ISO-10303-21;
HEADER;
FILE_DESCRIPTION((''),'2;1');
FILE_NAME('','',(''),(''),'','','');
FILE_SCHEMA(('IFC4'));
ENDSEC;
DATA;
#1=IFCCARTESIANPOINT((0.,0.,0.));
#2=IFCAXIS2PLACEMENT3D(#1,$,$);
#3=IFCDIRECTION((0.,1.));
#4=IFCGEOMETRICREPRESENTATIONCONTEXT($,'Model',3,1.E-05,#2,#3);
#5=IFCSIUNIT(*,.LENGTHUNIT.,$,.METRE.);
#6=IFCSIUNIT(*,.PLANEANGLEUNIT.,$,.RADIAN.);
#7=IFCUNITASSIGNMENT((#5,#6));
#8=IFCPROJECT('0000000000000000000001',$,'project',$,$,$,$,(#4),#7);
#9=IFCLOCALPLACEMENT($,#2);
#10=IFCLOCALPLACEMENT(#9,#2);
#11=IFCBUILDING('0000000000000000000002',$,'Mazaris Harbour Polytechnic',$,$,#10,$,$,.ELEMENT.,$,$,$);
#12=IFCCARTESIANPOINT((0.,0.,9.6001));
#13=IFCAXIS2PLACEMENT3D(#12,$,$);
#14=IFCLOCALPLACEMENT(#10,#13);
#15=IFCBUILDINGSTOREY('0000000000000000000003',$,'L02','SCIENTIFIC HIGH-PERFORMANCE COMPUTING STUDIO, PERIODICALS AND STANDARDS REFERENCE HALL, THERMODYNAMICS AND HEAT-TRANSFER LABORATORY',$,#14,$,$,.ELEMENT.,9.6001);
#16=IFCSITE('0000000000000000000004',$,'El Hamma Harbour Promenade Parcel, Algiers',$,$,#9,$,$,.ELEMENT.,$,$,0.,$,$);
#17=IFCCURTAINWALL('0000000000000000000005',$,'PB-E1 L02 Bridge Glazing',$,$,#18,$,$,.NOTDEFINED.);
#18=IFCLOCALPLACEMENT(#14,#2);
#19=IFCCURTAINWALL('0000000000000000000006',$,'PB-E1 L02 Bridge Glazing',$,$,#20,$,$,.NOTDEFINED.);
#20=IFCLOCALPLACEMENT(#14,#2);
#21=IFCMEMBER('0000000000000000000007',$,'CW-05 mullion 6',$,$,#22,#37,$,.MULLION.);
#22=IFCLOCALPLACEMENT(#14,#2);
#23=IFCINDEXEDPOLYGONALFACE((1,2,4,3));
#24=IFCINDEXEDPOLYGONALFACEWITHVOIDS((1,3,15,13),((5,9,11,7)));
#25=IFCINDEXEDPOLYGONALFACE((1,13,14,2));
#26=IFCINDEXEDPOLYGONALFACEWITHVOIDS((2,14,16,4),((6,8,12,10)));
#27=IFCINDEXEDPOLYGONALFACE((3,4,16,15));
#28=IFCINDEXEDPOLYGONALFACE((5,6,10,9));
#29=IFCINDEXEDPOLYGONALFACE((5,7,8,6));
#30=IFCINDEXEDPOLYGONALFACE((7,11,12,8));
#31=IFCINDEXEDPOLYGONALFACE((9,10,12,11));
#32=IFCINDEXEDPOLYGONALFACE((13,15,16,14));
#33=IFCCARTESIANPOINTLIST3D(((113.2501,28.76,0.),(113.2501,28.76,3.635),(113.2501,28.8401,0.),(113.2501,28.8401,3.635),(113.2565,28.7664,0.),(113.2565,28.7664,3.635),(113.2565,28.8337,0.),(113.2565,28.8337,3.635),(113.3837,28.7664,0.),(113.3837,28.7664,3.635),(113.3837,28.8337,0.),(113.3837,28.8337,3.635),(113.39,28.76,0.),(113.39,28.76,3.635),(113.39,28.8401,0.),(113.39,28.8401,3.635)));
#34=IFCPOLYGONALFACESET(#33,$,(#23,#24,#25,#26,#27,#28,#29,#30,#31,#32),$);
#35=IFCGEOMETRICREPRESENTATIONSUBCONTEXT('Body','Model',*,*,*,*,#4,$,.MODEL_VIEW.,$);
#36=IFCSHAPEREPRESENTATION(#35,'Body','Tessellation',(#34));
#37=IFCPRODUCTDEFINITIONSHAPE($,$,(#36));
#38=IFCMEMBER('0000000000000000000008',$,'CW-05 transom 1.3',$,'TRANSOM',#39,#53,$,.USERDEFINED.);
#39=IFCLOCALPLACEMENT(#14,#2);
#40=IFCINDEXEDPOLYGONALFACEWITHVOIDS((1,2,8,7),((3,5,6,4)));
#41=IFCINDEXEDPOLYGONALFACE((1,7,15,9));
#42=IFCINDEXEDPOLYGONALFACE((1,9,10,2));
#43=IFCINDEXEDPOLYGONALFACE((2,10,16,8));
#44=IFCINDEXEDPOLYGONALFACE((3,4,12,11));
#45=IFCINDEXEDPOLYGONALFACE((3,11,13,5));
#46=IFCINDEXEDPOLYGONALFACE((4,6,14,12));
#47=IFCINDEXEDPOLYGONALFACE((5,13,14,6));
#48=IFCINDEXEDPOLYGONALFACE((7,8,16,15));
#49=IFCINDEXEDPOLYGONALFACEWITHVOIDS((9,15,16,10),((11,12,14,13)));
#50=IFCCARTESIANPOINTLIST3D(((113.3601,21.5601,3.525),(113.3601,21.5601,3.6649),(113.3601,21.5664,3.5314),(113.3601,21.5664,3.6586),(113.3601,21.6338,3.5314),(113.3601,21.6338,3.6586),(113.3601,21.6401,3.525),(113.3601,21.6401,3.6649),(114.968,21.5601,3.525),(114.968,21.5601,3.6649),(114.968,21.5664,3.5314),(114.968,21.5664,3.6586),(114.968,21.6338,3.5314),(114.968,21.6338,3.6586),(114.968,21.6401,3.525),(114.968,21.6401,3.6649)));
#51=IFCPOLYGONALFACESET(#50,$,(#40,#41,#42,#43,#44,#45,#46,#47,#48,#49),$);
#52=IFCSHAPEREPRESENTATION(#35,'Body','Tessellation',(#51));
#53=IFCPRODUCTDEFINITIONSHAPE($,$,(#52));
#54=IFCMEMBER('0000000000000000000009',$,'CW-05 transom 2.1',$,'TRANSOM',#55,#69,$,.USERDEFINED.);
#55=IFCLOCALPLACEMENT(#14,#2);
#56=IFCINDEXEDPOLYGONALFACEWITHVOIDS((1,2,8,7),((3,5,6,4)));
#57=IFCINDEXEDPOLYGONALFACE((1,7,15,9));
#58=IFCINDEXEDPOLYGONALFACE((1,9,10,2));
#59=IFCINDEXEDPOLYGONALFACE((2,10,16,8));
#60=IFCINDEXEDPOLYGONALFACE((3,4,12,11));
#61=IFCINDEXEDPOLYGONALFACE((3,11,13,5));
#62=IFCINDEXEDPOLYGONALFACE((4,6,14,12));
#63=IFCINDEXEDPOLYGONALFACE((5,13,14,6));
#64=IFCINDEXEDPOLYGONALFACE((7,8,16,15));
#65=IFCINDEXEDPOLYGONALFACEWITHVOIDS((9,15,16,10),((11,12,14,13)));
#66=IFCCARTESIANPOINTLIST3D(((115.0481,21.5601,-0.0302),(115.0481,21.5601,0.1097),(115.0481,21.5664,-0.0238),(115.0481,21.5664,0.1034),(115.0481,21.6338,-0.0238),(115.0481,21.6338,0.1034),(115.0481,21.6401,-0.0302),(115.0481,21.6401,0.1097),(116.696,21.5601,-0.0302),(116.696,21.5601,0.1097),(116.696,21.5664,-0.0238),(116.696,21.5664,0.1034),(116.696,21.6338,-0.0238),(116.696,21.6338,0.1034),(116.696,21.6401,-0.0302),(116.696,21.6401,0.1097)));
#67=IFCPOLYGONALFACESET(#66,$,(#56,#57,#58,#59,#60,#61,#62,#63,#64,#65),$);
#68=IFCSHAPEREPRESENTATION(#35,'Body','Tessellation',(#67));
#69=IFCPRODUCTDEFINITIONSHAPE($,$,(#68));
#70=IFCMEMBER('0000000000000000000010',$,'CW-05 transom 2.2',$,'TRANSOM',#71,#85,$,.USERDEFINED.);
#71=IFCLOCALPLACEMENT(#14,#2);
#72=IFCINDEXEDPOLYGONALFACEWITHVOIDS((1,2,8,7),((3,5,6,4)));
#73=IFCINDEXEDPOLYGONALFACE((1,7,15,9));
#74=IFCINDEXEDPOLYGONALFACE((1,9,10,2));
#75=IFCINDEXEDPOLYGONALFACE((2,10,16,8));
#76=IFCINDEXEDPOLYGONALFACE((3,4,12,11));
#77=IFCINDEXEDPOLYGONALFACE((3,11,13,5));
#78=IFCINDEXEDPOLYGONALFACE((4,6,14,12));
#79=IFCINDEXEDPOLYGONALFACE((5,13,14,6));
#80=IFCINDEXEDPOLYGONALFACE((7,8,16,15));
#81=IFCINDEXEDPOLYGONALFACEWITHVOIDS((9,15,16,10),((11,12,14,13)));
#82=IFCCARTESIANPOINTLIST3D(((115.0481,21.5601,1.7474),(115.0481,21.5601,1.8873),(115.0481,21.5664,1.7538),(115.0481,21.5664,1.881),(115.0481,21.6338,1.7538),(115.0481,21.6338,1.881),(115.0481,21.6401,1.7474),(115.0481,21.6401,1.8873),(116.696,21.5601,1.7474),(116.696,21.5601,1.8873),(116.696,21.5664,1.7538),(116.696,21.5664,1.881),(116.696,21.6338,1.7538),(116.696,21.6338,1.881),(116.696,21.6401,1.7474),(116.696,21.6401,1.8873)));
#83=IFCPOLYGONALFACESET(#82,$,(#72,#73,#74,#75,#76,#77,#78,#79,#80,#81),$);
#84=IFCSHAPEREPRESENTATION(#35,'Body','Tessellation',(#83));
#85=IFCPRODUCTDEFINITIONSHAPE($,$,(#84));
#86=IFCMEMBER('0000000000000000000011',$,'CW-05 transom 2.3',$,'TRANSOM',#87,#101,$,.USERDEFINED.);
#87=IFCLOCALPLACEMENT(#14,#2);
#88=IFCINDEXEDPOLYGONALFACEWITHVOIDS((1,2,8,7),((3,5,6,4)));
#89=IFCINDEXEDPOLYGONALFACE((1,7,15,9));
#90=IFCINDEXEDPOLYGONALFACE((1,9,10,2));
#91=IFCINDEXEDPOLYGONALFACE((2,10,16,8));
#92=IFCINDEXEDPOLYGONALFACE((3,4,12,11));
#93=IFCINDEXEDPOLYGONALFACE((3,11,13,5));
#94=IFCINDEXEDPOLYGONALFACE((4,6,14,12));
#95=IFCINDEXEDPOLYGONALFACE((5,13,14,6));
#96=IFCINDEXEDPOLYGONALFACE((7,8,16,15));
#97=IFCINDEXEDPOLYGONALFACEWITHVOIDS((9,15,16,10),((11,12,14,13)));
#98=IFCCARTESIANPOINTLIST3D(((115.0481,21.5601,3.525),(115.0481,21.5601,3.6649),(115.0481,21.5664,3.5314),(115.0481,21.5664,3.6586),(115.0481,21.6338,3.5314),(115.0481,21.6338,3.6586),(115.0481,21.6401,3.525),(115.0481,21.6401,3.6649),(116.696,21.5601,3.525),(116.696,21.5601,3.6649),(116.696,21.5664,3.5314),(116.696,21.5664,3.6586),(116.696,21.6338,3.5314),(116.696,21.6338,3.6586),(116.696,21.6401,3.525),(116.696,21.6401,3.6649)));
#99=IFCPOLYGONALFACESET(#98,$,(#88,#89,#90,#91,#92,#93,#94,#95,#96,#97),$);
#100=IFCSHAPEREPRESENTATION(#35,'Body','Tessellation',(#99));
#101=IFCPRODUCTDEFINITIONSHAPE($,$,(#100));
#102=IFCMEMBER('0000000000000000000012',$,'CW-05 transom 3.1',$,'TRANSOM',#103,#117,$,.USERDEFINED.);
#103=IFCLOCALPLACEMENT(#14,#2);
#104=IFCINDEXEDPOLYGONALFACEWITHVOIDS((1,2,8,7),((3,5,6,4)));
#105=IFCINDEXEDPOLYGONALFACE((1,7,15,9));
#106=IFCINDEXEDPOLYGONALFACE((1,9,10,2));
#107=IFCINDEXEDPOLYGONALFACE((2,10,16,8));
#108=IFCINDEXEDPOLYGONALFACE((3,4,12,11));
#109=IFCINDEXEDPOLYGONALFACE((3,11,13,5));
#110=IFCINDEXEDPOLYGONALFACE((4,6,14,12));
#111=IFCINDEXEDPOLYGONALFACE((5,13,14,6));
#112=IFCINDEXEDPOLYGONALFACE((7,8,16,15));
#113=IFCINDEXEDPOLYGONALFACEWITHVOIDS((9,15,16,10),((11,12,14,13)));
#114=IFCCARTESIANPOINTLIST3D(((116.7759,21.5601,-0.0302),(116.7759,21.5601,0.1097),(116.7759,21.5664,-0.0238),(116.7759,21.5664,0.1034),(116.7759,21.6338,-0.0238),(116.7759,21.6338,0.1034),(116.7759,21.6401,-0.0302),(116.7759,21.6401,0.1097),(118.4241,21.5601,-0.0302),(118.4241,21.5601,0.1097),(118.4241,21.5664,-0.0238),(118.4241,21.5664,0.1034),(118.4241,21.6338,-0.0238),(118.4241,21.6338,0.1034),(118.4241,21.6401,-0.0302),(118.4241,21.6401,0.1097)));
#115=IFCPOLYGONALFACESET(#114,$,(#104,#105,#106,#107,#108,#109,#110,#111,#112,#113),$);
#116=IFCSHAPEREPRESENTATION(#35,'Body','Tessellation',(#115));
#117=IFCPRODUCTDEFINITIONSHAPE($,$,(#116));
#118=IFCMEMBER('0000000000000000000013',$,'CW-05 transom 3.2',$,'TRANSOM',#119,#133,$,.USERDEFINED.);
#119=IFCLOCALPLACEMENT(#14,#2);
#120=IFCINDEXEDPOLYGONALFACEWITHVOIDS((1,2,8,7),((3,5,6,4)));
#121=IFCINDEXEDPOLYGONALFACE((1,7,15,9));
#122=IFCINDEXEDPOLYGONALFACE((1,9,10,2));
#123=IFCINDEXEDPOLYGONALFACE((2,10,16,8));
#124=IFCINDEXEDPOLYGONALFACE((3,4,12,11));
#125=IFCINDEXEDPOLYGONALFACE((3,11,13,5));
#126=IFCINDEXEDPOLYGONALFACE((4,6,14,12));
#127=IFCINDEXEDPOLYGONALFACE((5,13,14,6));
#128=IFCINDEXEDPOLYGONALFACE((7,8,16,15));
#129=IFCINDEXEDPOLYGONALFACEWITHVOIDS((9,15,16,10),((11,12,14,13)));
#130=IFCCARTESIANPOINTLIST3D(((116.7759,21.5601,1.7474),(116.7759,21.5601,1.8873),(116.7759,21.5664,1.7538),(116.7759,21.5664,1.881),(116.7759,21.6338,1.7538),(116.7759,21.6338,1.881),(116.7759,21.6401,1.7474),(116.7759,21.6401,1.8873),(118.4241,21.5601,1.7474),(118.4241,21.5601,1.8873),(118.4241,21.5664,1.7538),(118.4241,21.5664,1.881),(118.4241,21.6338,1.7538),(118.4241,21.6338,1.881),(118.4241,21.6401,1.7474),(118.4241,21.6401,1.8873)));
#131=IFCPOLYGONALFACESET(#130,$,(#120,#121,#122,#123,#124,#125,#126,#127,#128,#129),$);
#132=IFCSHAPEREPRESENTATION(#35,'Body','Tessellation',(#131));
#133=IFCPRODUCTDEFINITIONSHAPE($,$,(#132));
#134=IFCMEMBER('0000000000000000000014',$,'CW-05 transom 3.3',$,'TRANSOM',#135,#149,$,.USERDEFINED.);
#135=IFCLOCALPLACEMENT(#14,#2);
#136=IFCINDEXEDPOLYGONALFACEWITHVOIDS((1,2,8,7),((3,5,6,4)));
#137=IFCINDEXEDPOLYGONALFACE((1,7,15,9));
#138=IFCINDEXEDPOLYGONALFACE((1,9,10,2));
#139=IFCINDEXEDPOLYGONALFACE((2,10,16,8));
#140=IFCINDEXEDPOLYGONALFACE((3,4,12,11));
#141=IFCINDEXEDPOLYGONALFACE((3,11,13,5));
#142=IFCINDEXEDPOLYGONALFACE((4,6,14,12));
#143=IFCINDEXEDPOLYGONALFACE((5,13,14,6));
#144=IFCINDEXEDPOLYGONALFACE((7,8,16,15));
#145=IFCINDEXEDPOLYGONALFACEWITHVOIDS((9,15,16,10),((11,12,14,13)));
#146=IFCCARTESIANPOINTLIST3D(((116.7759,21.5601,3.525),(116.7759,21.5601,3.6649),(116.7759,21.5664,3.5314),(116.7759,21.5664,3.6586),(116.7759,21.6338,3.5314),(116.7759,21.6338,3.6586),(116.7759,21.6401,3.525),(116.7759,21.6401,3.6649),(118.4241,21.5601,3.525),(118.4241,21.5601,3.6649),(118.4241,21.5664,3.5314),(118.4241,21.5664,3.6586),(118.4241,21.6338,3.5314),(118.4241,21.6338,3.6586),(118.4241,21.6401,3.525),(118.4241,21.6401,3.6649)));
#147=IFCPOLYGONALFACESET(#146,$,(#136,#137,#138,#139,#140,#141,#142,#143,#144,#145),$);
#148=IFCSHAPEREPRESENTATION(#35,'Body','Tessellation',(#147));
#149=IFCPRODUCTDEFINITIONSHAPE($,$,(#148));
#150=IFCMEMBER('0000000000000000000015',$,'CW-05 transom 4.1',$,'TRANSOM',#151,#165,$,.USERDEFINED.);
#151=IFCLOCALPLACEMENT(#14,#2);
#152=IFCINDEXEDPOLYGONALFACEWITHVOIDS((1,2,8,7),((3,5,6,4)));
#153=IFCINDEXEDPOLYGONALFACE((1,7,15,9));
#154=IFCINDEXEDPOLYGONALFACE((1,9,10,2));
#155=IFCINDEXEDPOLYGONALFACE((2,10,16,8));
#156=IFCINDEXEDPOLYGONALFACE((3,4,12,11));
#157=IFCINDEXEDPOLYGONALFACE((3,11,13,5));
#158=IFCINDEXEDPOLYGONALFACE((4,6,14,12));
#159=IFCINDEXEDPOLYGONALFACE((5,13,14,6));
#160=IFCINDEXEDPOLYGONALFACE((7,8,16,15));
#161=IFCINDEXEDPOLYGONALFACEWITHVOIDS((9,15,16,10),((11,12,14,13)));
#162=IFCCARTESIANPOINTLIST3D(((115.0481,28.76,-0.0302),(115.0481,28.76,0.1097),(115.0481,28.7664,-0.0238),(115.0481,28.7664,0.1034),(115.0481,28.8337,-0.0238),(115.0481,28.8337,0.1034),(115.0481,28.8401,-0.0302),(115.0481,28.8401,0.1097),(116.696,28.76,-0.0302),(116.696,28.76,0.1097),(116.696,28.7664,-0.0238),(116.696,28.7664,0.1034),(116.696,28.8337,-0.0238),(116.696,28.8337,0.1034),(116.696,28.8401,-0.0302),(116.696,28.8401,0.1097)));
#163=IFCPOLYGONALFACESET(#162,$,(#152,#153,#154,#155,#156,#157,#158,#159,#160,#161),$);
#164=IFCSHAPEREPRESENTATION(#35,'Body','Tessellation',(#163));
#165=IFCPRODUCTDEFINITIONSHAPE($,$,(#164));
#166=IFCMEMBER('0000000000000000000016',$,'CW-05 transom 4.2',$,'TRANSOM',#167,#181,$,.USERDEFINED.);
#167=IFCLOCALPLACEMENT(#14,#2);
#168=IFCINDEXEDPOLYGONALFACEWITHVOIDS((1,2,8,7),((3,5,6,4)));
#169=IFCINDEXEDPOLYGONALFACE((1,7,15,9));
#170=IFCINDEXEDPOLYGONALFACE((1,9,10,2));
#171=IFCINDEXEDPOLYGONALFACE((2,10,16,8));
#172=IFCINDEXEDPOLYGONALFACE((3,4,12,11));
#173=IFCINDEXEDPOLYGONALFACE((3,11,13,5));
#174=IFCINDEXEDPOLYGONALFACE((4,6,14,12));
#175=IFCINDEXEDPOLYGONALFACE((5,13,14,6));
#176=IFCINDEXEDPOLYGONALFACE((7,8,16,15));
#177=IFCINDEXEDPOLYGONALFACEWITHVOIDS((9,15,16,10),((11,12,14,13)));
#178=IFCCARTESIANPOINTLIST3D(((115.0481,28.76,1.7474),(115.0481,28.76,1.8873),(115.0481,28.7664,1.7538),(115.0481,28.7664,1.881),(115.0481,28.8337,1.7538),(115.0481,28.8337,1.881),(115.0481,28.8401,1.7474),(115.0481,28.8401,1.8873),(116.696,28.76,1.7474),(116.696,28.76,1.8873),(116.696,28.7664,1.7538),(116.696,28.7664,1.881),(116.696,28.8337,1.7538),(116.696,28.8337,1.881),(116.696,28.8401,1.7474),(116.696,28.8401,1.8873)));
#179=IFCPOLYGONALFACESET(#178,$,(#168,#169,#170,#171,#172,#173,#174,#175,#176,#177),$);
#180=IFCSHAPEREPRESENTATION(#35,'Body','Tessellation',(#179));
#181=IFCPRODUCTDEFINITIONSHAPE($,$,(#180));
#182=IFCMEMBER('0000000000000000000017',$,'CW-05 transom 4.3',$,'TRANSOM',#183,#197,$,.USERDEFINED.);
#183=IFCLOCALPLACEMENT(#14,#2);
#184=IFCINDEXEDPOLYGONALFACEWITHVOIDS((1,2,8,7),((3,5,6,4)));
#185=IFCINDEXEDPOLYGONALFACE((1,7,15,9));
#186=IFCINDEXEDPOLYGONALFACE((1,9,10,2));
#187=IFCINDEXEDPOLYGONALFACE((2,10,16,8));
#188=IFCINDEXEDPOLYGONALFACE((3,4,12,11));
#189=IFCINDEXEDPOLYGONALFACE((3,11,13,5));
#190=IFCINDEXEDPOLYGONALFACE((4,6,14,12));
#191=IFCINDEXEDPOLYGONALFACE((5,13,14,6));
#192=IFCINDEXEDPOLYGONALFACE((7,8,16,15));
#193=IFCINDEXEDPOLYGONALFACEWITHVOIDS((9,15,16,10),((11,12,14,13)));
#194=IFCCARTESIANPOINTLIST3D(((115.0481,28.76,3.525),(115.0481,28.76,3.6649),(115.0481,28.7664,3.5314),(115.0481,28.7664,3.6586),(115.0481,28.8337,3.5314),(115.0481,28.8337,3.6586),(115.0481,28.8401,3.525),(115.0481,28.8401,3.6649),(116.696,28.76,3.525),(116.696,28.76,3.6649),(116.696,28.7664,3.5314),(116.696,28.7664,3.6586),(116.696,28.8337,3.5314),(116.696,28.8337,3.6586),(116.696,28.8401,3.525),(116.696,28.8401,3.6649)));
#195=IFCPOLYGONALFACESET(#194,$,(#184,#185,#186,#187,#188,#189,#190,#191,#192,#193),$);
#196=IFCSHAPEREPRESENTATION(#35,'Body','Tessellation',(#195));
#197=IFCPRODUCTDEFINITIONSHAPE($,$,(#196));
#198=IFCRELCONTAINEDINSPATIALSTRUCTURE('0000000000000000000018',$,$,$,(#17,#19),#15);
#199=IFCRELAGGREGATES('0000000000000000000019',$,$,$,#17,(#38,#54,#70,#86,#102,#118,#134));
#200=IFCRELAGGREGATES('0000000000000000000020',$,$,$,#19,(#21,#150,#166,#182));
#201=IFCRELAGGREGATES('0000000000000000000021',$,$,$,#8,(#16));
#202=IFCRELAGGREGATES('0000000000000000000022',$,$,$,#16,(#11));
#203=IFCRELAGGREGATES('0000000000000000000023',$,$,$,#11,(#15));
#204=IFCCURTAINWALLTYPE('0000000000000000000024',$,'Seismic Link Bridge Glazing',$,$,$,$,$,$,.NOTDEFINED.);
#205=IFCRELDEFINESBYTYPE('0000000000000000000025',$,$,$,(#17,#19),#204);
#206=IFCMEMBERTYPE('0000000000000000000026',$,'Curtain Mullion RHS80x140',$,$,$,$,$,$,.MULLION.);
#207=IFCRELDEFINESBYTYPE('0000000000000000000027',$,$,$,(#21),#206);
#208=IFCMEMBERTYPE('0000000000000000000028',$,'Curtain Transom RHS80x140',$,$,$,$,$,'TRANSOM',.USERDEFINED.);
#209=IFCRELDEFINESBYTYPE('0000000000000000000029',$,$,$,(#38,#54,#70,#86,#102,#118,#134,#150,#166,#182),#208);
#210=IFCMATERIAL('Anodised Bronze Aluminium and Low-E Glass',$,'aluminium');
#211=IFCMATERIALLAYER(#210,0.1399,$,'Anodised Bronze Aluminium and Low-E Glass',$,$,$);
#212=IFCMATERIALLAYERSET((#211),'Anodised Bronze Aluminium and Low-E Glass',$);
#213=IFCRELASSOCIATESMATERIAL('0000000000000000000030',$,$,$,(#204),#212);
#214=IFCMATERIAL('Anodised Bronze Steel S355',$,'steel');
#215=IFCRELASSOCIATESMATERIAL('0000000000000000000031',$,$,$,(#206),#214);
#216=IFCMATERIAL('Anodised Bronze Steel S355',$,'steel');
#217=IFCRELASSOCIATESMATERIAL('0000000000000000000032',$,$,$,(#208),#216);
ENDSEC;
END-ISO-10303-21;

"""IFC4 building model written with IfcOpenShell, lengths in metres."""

from ifc_helpers import new_model, si_unit, direction, frame, origin, origin_2d, place, context, subcontext, project, spatial, hollow_rectangle, extrude, material, layer, layer_set, material_profile, profile_set, type_object, element, aggregate, save


model = new_model("IFC4")

# Units and contexts
model_context = context("Model", 3, precision=1e-05, world=origin(), true_north=direction((0.0, 1.0)))
body_context = subcontext(model_context, "Body", "Model", "MODEL_VIEW")
ifc_project = project(units=[si_unit("LENGTHUNIT", "METRE"), si_unit("PLANEANGLEUNIT", "RADIAN")], contexts=[model_context])

# Site, building, storey
site_placement = place(None, origin())
site = spatial("IfcSite", under=ifc_project, at=site_placement, Name="El Hamma Harbour Promenade Parcel, Algiers", CompositionType="ELEMENT", RefElevation=0.0)
building_placement = place(site_placement, origin())
building = spatial("IfcBuilding", under=site, at=building_placement, Name="Mazaris Harbour Polytechnic", CompositionType="ELEMENT")
storey_placement = place(building_placement, frame((0.0, 0.0, 9.6001)))
storey = spatial("IfcBuildingStorey", under=building, at=storey_placement, Name="L02", Description="SCIENTIFIC HIGH-PERFORMANCE COMPUTING STUDIO, PERIODICALS AND STANDARDS REFERENCE HALL, THERMODYNAMICS AND HEAT-TRANSFER LABORATORY", CompositionType="ELEMENT", Elevation=9.6001)

# Curtain walls, member
ifc_material_1 = material(Name="Anodised Bronze Aluminium and Low-E Glass", Category="aluminium")
ifc_layer_1 = layer(ifc_material_1, 0.1399, Name="Anodised Bronze Aluminium and Low-E Glass")
ifc_layer_set_1 = layer_set([ifc_layer_1], Name="Anodised Bronze Aluminium and Low-E Glass")
curtain_wall_type = type_object("IfcCurtainWallType", Name="Seismic Link Bridge Glazing", PredefinedType="NOTDEFINED", material=ifc_layer_set_1)
curtain_wall_1_placement = place(storey_placement, origin())
curtain_wall_1 = element("IfcCurtainWall", 1, at=curtain_wall_1_placement, inside=storey, type_object=curtain_wall_type, Name="PB-E1 L02 Bridge Glazing", PredefinedType="NOTDEFINED")
ifc_material_2 = material(Name="Anodised Bronze Steel S355", Category="steel")
ifc_material_profile_1 = material_profile(ifc_material_2, hollow_rectangle(XDim=0.0801, YDim=0.1399, WallThickness=0.0063, at=origin_2d()), Name="RHS 80x140x6.3")
ifc_profile_set_1 = profile_set([ifc_material_profile_1], Name="Anodised Bronze Steel S355")
member_type_1 = type_object("IfcMemberType", Name="Curtain Mullion RHS80x140", PredefinedType="MULLION", material=ifc_profile_set_1)
curtain_wall_2_placement = place(storey_placement, origin())
curtain_wall_2 = element("IfcCurtainWall", 2, at=curtain_wall_2_placement, inside=storey, type_object=curtain_wall_type, Name="PB-E1 L02 Bridge Glazing", PredefinedType="NOTDEFINED")
member_1_placement = place(storey_placement, frame((113.3201, 28.8, 0.0), z_axis=(0.0, 0.0, 1.0), x_axis=(0.0, -1.0, 0.0)))
member_1 = element("IfcMember", 3, at=member_1_placement, type_object=member_type_1, Name="CW-05 mullion 6", PredefinedType="MULLION", context=body_context, shape_type="SweptSolid", body=[
    extrude(hollow_rectangle(XDim=0.0801, YDim=0.1399, WallThickness=0.0063, at=origin_2d()), origin(), (0.0, 0.0, 1.0), 3.635),
])

# Members
ifc_material_3 = material(Name="Anodised Bronze Steel S355", Category="steel")
ifc_material_profile_2 = material_profile(ifc_material_3, hollow_rectangle(XDim=0.0801, YDim=0.1399, WallThickness=0.0063, at=origin_2d()), Name="RHS 80x140x6.3")
ifc_profile_set_2 = profile_set([ifc_material_profile_2], Name="Anodised Bronze Steel S355")
member_type_2 = type_object("IfcMemberType", Name="Curtain Transom RHS80x140", ElementType="TRANSOM", PredefinedType="USERDEFINED", material=ifc_profile_set_2)
member_2_placement = place(storey_placement, frame((113.3601, 21.6001, 3.595), z_axis=(1.0, 0.0, 0.0), x_axis=(0.0, 1.0, 0.0)))
member_2 = element("IfcMember", 4, at=member_2_placement, type_object=member_type_2, Name="CW-05 transom 1.3", ObjectType="TRANSOM", PredefinedType="USERDEFINED", context=body_context, shape_type="SweptSolid", body=[
    extrude(hollow_rectangle(XDim=0.0801, YDim=0.1399, WallThickness=0.0063, at=origin_2d()), origin(), (0.0, 0.0, 1.0), 1.6079),
])
member_3_placement = place(storey_placement, frame((115.0481, 21.6001, 0.0398), z_axis=(1.0, 0.0, 0.0), x_axis=(0.0, 1.0, 0.0)))
member_3 = element("IfcMember", 5, at=member_3_placement, type_object=member_type_2, Name="CW-05 transom 2.1", ObjectType="TRANSOM", PredefinedType="USERDEFINED", context=body_context, shape_type="SweptSolid", body=[
    extrude(hollow_rectangle(XDim=0.0801, YDim=0.1399, WallThickness=0.0063, at=origin_2d()), origin(), (0.0, 0.0, 1.0), 1.6479),
])
member_4_placement = place(storey_placement, frame((115.0481, 21.6001, 1.8174), z_axis=(1.0, 0.0, 0.0), x_axis=(0.0, 1.0, 0.0)))
member_4 = element("IfcMember", 6, at=member_4_placement, type_object=member_type_2, Name="CW-05 transom 2.2", ObjectType="TRANSOM", PredefinedType="USERDEFINED", context=body_context, shape_type="SweptSolid", body=[
    extrude(hollow_rectangle(XDim=0.0801, YDim=0.1399, WallThickness=0.0063, at=origin_2d()), origin(), (0.0, 0.0, 1.0), 1.6479),
])
member_5_placement = place(storey_placement, frame((115.0481, 21.6001, 3.595), z_axis=(1.0, 0.0, 0.0), x_axis=(0.0, 1.0, 0.0)))
member_5 = element("IfcMember", 7, at=member_5_placement, type_object=member_type_2, Name="CW-05 transom 2.3", ObjectType="TRANSOM", PredefinedType="USERDEFINED", context=body_context, shape_type="SweptSolid", body=[
    extrude(hollow_rectangle(XDim=0.0801, YDim=0.1399, WallThickness=0.0063, at=origin_2d()), origin(), (0.0, 0.0, 1.0), 1.6479),
])
member_6_placement = place(storey_placement, frame((116.7759, 21.6001, 0.0398), z_axis=(1.0, 0.0, 0.0), x_axis=(0.0, 1.0, 0.0)))
member_6 = element("IfcMember", 8, at=member_6_placement, type_object=member_type_2, Name="CW-05 transom 3.1", ObjectType="TRANSOM", PredefinedType="USERDEFINED", context=body_context, shape_type="SweptSolid", body=[
    extrude(hollow_rectangle(XDim=0.0801, YDim=0.1399, WallThickness=0.0063, at=origin_2d()), origin(), (0.0, 0.0, 1.0), 1.6482),
])
member_7_placement = place(storey_placement, frame((116.7759, 21.6001, 1.8174), z_axis=(1.0, 0.0, 0.0), x_axis=(0.0, 1.0, 0.0)))
member_7 = element("IfcMember", 9, at=member_7_placement, type_object=member_type_2, Name="CW-05 transom 3.2", ObjectType="TRANSOM", PredefinedType="USERDEFINED", context=body_context, shape_type="SweptSolid", body=[
    extrude(hollow_rectangle(XDim=0.0801, YDim=0.1399, WallThickness=0.0063, at=origin_2d()), origin(), (0.0, 0.0, 1.0), 1.6482),
])
member_8_placement = place(storey_placement, frame((116.7759, 21.6001, 3.595), z_axis=(1.0, 0.0, 0.0), x_axis=(0.0, 1.0, 0.0)))
member_8 = element("IfcMember", 10, at=member_8_placement, type_object=member_type_2, Name="CW-05 transom 3.3", ObjectType="TRANSOM", PredefinedType="USERDEFINED", context=body_context, shape_type="SweptSolid", body=[
    extrude(hollow_rectangle(XDim=0.0801, YDim=0.1399, WallThickness=0.0063, at=origin_2d()), origin(), (0.0, 0.0, 1.0), 1.6482),
])
member_9_placement = place(storey_placement, frame((116.696, 28.8, 0.0398), z_axis=(-1.0, 0.0, 0.0), x_axis=(0.0, -1.0, 0.0)))
member_9 = element("IfcMember", 11, at=member_9_placement, type_object=member_type_2, Name="CW-05 transom 4.1", ObjectType="TRANSOM", PredefinedType="USERDEFINED", context=body_context, shape_type="SweptSolid", body=[
    extrude(hollow_rectangle(XDim=0.0801, YDim=0.1399, WallThickness=0.0063, at=origin_2d()), origin(), (0.0, 0.0, 1.0), 1.6479),
])
member_10_placement = place(storey_placement, frame((116.696, 28.8, 1.8174), z_axis=(-1.0, 0.0, 0.0), x_axis=(0.0, -1.0, 0.0)))
member_10 = element("IfcMember", 12, at=member_10_placement, type_object=member_type_2, Name="CW-05 transom 4.2", ObjectType="TRANSOM", PredefinedType="USERDEFINED", context=body_context, shape_type="SweptSolid", body=[
    extrude(hollow_rectangle(XDim=0.0801, YDim=0.1399, WallThickness=0.0063, at=origin_2d()), origin(), (0.0, 0.0, 1.0), 1.6479),
])
member_11_placement = place(storey_placement, frame((116.696, 28.8, 3.595), z_axis=(-1.0, 0.0, 0.0), x_axis=(0.0, -1.0, 0.0)))
member_11 = element("IfcMember", 13, at=member_11_placement, type_object=member_type_2, Name="CW-05 transom 4.3", ObjectType="TRANSOM", PredefinedType="USERDEFINED", context=body_context, shape_type="SweptSolid", body=[
    extrude(hollow_rectangle(XDim=0.0801, YDim=0.1399, WallThickness=0.0063, at=origin_2d()), origin(), (0.0, 0.0, 1.0), 1.6479),
])

aggregate(curtain_wall_1, [member_2, member_3, member_4, member_5, member_6, member_7, member_8])
aggregate(curtain_wall_2, [member_1, member_9, member_10, member_11])

save(model, "model.ifc")
